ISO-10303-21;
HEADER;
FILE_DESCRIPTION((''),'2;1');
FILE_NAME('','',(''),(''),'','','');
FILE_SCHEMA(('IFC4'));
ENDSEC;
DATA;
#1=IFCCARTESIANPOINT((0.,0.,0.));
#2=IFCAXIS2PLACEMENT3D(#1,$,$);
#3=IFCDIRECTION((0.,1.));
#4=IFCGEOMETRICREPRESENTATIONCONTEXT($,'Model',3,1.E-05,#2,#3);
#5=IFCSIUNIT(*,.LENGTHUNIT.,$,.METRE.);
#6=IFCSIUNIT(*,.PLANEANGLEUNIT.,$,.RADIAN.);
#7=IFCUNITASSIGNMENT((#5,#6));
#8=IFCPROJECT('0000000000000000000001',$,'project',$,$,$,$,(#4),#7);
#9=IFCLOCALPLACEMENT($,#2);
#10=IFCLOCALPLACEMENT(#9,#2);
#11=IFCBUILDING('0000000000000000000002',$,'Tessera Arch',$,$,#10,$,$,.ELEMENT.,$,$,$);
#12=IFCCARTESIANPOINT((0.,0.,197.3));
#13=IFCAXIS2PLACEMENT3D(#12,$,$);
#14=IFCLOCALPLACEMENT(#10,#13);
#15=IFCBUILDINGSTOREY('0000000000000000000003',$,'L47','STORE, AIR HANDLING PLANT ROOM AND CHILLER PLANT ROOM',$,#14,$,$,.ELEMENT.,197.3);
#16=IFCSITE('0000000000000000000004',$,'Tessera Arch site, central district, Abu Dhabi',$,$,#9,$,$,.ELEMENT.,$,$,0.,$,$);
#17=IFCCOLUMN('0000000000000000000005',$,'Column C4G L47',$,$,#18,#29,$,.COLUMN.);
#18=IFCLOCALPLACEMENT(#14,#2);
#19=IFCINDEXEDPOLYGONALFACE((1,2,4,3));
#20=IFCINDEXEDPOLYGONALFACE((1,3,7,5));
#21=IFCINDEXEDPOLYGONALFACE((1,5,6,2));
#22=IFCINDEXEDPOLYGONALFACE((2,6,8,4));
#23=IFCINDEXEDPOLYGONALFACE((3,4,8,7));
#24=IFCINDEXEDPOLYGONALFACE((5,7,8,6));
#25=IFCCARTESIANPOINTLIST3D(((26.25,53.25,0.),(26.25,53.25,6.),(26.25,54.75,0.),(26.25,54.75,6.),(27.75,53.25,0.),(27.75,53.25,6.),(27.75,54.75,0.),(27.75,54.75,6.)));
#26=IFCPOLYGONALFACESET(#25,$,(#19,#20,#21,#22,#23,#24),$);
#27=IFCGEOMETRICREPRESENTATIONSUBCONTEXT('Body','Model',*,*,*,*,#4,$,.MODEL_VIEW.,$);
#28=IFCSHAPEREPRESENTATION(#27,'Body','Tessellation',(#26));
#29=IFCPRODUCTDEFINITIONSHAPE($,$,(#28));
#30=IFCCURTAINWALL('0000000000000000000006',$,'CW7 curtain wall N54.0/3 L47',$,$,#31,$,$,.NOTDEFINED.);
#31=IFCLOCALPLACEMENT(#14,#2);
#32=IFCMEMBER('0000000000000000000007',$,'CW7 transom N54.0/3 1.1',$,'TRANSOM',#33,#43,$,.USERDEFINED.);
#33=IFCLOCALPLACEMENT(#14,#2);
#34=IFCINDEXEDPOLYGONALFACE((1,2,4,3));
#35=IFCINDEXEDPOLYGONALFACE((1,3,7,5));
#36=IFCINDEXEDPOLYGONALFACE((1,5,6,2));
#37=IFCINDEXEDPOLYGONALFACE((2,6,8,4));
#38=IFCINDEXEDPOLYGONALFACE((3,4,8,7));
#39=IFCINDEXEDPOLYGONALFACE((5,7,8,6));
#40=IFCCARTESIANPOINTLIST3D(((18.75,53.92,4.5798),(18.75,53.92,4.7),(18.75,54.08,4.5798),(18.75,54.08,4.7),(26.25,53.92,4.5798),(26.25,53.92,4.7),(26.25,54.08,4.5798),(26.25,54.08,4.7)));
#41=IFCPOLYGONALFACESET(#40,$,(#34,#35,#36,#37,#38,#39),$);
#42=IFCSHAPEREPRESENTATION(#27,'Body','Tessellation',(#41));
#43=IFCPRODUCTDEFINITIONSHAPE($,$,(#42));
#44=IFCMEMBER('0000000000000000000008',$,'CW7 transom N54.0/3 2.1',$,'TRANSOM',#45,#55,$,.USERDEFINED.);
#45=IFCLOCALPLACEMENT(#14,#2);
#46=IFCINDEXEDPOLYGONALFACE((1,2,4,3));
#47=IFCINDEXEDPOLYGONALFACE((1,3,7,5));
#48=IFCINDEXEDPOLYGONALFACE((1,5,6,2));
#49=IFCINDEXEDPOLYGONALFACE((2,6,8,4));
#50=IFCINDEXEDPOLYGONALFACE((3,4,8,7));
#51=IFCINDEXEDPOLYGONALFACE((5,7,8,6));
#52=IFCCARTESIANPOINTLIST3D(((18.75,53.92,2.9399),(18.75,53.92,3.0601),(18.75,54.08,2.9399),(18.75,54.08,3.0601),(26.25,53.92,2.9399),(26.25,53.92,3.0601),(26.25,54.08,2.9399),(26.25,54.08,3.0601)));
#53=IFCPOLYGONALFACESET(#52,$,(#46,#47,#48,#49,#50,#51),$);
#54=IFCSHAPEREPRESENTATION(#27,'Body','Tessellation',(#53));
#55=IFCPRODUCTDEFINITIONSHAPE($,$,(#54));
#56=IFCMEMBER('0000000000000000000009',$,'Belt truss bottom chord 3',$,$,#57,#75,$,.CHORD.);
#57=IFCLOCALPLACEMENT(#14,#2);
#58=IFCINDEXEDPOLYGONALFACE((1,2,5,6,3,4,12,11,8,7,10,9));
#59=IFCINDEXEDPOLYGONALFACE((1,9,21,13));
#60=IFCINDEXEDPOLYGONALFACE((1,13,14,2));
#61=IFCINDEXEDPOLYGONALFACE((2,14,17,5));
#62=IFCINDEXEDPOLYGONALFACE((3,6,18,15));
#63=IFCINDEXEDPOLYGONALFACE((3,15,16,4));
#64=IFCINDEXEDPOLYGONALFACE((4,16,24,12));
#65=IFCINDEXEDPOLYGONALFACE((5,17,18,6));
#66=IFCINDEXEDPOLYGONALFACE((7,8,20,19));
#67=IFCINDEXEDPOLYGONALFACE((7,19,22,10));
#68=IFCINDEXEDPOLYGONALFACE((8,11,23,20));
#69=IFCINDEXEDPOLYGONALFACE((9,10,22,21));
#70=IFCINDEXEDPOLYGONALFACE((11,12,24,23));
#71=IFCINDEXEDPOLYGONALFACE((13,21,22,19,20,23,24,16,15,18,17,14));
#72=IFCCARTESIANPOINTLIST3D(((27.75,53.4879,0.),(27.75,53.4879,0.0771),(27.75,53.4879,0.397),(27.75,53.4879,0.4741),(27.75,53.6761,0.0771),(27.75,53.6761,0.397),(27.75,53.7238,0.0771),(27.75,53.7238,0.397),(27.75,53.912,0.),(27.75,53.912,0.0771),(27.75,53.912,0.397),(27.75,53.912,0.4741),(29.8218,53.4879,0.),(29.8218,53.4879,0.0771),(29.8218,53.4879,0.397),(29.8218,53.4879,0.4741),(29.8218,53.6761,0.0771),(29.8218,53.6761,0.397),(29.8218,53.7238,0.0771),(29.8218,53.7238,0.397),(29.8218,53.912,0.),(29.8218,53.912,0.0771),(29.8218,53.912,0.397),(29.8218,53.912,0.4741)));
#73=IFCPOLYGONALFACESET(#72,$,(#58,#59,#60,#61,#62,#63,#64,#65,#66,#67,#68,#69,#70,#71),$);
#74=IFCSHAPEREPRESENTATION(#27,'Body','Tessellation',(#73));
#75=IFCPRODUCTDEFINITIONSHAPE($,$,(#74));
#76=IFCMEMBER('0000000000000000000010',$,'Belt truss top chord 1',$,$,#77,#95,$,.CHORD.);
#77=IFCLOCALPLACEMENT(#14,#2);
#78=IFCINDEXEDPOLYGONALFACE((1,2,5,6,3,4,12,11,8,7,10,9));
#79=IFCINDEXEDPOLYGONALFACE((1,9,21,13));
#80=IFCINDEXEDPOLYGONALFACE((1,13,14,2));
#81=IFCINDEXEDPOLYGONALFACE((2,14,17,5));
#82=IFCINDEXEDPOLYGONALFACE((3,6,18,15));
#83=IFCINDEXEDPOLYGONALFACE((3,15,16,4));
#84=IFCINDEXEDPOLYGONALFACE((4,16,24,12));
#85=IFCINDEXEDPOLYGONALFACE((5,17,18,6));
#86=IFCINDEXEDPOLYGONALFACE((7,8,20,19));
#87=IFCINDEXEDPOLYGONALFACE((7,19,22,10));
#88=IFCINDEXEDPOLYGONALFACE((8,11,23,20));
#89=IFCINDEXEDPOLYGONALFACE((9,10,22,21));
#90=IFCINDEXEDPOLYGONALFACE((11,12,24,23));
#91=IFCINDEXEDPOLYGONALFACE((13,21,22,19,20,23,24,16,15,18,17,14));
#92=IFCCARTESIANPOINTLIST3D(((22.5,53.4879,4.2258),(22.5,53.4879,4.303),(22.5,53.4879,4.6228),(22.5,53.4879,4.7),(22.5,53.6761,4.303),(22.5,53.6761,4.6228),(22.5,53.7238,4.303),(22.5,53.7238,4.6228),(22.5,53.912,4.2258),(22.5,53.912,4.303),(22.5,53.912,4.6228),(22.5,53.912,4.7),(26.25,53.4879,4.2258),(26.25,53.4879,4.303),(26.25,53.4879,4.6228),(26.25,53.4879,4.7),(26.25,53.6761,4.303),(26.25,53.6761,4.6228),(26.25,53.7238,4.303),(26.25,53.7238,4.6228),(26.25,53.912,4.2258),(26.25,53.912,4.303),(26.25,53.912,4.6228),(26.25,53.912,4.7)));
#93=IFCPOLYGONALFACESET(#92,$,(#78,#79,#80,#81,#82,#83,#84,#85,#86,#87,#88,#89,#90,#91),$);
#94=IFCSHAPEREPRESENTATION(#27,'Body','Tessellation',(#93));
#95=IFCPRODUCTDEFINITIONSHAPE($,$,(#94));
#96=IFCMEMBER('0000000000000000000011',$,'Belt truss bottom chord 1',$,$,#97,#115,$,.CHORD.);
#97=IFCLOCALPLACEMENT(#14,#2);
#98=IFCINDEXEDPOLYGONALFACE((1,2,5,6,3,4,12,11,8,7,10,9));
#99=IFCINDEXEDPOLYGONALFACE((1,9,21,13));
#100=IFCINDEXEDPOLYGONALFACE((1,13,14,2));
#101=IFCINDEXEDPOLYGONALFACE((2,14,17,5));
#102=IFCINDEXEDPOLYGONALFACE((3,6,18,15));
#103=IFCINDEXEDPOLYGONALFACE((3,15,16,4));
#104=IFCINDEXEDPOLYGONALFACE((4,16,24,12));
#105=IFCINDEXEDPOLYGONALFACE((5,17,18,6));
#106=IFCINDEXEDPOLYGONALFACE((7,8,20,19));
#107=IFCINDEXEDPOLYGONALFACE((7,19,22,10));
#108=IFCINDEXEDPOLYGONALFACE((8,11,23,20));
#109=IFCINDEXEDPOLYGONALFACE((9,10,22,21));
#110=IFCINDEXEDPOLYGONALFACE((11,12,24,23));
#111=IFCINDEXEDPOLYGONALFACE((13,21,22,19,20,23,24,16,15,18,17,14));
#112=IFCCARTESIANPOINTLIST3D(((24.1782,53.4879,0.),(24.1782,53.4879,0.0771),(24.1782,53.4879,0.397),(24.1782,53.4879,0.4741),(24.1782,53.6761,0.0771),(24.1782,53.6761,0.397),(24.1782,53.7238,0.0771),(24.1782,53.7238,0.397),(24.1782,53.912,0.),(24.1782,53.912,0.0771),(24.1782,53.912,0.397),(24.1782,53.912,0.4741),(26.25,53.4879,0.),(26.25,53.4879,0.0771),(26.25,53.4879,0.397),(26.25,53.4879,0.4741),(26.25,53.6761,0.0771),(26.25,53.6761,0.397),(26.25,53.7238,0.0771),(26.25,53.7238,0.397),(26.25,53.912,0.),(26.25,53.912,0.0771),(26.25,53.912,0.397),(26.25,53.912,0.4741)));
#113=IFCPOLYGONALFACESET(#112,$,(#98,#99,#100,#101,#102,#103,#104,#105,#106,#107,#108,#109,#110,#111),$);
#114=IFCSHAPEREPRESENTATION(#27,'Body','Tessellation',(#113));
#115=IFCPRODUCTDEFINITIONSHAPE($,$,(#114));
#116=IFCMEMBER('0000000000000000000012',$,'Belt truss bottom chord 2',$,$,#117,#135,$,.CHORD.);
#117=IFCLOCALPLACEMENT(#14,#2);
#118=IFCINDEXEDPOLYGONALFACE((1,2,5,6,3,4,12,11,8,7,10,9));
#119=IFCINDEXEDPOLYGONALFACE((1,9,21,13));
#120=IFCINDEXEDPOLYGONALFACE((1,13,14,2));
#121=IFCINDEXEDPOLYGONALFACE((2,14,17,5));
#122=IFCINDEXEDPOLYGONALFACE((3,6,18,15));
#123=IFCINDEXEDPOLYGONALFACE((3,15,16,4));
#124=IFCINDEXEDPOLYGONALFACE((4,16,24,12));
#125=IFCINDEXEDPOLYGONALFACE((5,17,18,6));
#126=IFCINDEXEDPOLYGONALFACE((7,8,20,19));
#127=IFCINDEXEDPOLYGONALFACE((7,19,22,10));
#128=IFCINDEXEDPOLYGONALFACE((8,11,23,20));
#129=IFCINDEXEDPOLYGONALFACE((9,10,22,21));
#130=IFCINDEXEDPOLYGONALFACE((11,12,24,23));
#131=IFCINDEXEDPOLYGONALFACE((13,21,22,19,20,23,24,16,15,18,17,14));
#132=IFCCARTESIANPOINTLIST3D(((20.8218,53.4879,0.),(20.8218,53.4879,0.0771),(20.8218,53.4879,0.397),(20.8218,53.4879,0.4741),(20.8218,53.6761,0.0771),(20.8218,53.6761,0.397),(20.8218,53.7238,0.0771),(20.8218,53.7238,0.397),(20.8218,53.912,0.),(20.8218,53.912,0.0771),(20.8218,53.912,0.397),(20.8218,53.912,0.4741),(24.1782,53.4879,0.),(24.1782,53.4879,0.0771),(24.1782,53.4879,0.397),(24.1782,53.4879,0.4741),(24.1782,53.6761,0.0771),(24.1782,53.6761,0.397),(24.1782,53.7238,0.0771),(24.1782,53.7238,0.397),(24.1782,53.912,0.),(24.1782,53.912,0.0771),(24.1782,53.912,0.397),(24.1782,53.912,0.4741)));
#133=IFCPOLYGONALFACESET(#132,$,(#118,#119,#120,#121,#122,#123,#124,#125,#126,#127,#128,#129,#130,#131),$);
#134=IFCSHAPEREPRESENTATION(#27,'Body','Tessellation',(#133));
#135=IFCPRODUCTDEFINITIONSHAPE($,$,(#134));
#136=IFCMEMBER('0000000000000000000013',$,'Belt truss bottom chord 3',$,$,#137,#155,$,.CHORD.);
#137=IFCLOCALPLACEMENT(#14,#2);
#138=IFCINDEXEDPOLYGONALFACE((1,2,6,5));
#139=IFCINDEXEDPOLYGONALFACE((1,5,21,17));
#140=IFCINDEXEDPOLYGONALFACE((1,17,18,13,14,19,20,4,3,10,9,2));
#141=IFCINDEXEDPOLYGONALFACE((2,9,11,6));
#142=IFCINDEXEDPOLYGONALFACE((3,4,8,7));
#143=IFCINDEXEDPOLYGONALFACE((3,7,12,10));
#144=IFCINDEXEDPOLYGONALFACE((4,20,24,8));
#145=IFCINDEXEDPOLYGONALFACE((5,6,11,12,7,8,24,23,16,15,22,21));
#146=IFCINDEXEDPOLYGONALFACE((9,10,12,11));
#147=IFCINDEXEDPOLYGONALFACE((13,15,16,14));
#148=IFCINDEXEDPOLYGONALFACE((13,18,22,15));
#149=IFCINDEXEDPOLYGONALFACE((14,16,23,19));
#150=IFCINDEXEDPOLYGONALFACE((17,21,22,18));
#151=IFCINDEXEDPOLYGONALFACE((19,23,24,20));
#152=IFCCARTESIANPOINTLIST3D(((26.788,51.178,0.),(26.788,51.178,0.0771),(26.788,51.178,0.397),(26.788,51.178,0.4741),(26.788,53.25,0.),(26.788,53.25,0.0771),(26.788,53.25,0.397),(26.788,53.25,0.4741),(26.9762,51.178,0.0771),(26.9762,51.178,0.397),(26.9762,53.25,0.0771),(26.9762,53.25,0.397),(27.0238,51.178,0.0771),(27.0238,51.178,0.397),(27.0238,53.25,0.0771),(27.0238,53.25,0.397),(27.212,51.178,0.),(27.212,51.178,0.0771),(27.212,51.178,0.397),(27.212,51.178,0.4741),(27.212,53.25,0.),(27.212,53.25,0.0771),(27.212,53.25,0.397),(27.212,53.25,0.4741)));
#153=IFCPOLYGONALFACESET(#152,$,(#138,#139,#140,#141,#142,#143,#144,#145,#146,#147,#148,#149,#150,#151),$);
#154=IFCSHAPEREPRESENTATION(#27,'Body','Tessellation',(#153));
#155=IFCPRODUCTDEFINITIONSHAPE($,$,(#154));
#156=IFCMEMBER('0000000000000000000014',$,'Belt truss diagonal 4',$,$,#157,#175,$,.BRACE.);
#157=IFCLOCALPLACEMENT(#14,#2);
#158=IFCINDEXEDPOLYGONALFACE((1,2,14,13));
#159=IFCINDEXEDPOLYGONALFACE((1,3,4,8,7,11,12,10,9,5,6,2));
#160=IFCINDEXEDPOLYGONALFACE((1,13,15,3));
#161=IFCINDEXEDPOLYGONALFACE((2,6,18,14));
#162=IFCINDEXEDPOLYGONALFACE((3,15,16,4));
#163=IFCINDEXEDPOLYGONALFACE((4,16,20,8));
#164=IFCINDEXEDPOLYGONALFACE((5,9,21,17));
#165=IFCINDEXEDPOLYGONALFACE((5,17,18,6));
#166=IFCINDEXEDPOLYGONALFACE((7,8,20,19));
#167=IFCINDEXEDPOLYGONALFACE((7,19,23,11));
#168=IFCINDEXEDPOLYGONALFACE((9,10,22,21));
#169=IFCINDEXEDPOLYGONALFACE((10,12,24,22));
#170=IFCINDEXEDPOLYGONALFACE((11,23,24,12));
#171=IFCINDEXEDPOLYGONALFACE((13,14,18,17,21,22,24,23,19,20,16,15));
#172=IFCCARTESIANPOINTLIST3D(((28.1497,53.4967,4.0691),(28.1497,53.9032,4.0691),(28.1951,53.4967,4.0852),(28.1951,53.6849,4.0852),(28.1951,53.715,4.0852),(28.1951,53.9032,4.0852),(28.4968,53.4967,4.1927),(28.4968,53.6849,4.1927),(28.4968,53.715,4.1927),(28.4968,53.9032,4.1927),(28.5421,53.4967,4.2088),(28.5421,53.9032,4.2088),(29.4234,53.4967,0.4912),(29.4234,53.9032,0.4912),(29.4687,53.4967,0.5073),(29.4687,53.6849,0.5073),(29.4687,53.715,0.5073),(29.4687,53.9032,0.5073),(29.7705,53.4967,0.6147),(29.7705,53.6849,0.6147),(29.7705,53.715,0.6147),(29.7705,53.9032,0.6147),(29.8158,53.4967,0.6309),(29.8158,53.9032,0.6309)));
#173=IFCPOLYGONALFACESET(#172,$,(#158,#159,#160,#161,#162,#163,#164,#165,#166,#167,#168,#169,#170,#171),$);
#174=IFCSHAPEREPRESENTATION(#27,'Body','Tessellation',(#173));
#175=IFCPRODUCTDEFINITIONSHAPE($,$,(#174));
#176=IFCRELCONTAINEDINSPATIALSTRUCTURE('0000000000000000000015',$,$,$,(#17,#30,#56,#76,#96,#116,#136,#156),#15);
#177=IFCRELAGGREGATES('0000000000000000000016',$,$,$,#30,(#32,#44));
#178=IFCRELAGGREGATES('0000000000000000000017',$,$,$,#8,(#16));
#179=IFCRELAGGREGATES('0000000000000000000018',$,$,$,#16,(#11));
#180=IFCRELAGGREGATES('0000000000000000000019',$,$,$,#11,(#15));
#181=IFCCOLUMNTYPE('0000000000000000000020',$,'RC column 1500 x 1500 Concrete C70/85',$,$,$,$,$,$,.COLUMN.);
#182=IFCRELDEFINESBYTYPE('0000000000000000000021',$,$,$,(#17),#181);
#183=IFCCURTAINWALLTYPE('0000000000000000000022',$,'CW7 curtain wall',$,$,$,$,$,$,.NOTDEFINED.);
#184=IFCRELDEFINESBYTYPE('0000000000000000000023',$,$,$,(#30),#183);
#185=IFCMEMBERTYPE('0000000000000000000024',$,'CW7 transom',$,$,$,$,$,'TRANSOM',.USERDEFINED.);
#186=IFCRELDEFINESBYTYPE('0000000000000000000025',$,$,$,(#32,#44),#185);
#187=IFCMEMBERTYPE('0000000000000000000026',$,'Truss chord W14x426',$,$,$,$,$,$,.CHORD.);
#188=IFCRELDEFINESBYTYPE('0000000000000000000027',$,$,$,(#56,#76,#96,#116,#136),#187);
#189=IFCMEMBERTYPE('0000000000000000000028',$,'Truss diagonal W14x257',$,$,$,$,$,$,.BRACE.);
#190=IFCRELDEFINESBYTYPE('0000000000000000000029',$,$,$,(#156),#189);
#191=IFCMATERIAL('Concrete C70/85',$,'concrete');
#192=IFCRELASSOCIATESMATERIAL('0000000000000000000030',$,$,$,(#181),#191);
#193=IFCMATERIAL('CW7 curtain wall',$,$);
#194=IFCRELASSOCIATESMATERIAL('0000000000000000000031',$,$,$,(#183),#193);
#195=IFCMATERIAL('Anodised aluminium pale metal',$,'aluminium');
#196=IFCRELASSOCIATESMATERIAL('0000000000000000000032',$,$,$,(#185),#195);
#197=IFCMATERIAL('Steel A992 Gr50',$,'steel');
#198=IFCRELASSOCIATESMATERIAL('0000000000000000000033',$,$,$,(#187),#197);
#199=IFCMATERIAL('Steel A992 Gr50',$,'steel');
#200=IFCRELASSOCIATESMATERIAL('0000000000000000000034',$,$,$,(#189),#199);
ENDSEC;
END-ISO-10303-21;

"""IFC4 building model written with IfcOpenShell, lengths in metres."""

from ifc_helpers import new_model, si_unit, direction, frame, origin, origin_2d, place, context, subcontext, project, spatial, rectangle, i_section, extrude, material, material_profile, profile_set, type_object, element, aggregate, save


model = new_model("IFC4")

# Units and contexts
model_context = context("Model", 3, precision=1e-05, world=origin(), true_north=direction((0.0, 1.0)))
body_context = subcontext(model_context, "Body", "Model", "MODEL_VIEW")
ifc_project = project(units=[si_unit("LENGTHUNIT", "METRE"), si_unit("PLANEANGLEUNIT", "RADIAN")], contexts=[model_context])

# Site, building, storey
site_placement = place(None, origin())
site = spatial("IfcSite", under=ifc_project, at=site_placement, Name="Tessera Arch site, central district, Abu Dhabi", CompositionType="ELEMENT", RefElevation=0.0)
building_placement = place(site_placement, origin())
building = spatial("IfcBuilding", under=site, at=building_placement, Name="Tessera Arch", CompositionType="ELEMENT")
storey_placement = place(building_placement, frame((0.0, 0.0, 197.3)))
storey = spatial("IfcBuildingStorey", under=building, at=storey_placement, Name="L47", Description="STORE, AIR HANDLING PLANT ROOM AND CHILLER PLANT ROOM", CompositionType="ELEMENT", Elevation=197.3)

# Column
ifc_material_1 = material(Name="Concrete C70/85", Category="concrete")
ifc_material_profile_1 = material_profile(ifc_material_1, rectangle(XDim=1.5, YDim=1.5, at=origin_2d()), Name="RC column 1500 x 1500 Concrete C70/85")
ifc_profile_set_1 = profile_set([ifc_material_profile_1], Name="Concrete C70/85")
column_type = type_object("IfcColumnType", Name="RC column 1500 x 1500 Concrete C70/85", PredefinedType="COLUMN", material=ifc_profile_set_1)
column_placement = place(storey_placement, frame((27.0, 54.0, 0.0), z_axis=(0.0, 0.0, 1.0), x_axis=(1.0, 0.0, 0.0)))
element("IfcColumn", 1, at=column_placement, inside=storey, type_object=column_type, Name="Column C4G L47", PredefinedType="COLUMN", context=body_context, shape_type="SweptSolid", body=[
    extrude(rectangle(XDim=1.5, YDim=1.5, at=origin_2d()), origin(), (0.0, 0.0, 1.0), 6.0),
])

# Curtain wall, members
ifc_material_2 = material(Name="CW7 curtain wall")
curtain_wall_type = type_object("IfcCurtainWallType", Name="CW7 curtain wall", PredefinedType="NOTDEFINED", material=ifc_material_2)
curtain_wall_1_placement = place(storey_placement, origin())
curtain_wall_1 = element("IfcCurtainWall", 2, at=curtain_wall_1_placement, inside=storey, type_object=curtain_wall_type, Name="CW7 curtain wall N54.0/3 L47", PredefinedType="NOTDEFINED")
ifc_material_3 = material(Name="Anodised aluminium pale metal", Category="aluminium")
ifc_material_profile_2 = material_profile(ifc_material_3, rectangle(XDim=0.1599, YDim=0.1201, at=origin_2d()), Name="AL 160x120")
ifc_profile_set_2 = profile_set([ifc_material_profile_2], Name="Anodised aluminium pale metal")
member_type_1 = type_object("IfcMemberType", Name="CW7 transom", ElementType="TRANSOM", PredefinedType="USERDEFINED", material=ifc_profile_set_2)
member_1_placement = place(storey_placement, frame((26.25, 54.0, 4.6399), z_axis=(-1.0, 0.0, 0.0), x_axis=(0.0, -1.0, 0.0)))
member_1 = element("IfcMember", 3, at=member_1_placement, type_object=member_type_1, Name="CW7 transom N54.0/3 1.1", ObjectType="TRANSOM", PredefinedType="USERDEFINED", context=body_context, shape_type="SweptSolid", body=[
    extrude(rectangle(XDim=0.1599, YDim=0.1201, at=origin_2d()), origin(), (0.0, 0.0, 1.0), 7.5),
])
member_2_placement = place(storey_placement, frame((26.25, 54.0, 3.0), z_axis=(-1.0, 0.0, 0.0), x_axis=(0.0, -1.0, 0.0)))
member_2 = element("IfcMember", 4, at=member_2_placement, type_object=member_type_1, Name="CW7 transom N54.0/3 2.1", ObjectType="TRANSOM", PredefinedType="USERDEFINED", context=body_context, shape_type="SweptSolid", body=[
    extrude(rectangle(XDim=0.1599, YDim=0.1201, at=origin_2d()), origin(), (0.0, 0.0, 1.0), 7.5),
])

# Members
ifc_material_4 = material(Name="Steel A992 Gr50", Category="steel")
ifc_material_profile_3 = material_profile(ifc_material_4, i_section(OverallWidth=0.4241, OverallDepth=0.4741, WebThickness=0.0476, FlangeThickness=0.0771, at=origin_2d()), Name="W14x426")
ifc_profile_set_3 = profile_set([ifc_material_profile_3], Name="Steel A992 Gr50")
member_type_2 = type_object("IfcMemberType", Name="Truss chord W14x426", PredefinedType="CHORD", material=ifc_profile_set_3)
member_3_placement = place(storey_placement, frame((29.8218, 53.7, 0.2371), z_axis=(-1.0, 0.0, 0.0), x_axis=(0.0, -1.0, 0.0)))
element("IfcMember", 5, at=member_3_placement, inside=storey, type_object=member_type_2, Name="Belt truss bottom chord 3", PredefinedType="CHORD", context=body_context, shape_type="SweptSolid", body=[
    extrude(i_section(OverallWidth=0.4241, OverallDepth=0.4741, WebThickness=0.0476, FlangeThickness=0.0771, at=origin_2d()), origin(), (0.0, 0.0, 1.0), 2.0718),
])
member_4_placement = place(storey_placement, frame((26.25, 53.7, 4.4629), z_axis=(-1.0, 0.0, 0.0), x_axis=(0.0, -1.0, 0.0)))
element("IfcMember", 6, at=member_4_placement, inside=storey, type_object=member_type_2, Name="Belt truss top chord 1", PredefinedType="CHORD", context=body_context, shape_type="SweptSolid", body=[
    extrude(i_section(OverallWidth=0.4241, OverallDepth=0.4741, WebThickness=0.0476, FlangeThickness=0.0771, at=origin_2d()), origin(), (0.0, 0.0, 1.0), 3.75),
])
member_5_placement = place(storey_placement, frame((26.25, 53.7, 0.2371), z_axis=(-1.0, 0.0, 0.0), x_axis=(0.0, -1.0, 0.0)))
element("IfcMember", 7, at=member_5_placement, inside=storey, type_object=member_type_2, Name="Belt truss bottom chord 1", PredefinedType="CHORD", context=body_context, shape_type="SweptSolid", body=[
    extrude(i_section(OverallWidth=0.4241, OverallDepth=0.4741, WebThickness=0.0476, FlangeThickness=0.0771, at=origin_2d()), origin(), (0.0, 0.0, 1.0), 2.0718),
])
member_6_placement = place(storey_placement, frame((24.1782, 53.7, 0.2371), z_axis=(-1.0, 0.0, 0.0), x_axis=(0.0, -1.0, 0.0)))
element("IfcMember", 8, at=member_6_placement, inside=storey, type_object=member_type_2, Name="Belt truss bottom chord 2", PredefinedType="CHORD", context=body_context, shape_type="SweptSolid", body=[
    extrude(i_section(OverallWidth=0.4241, OverallDepth=0.4741, WebThickness=0.0476, FlangeThickness=0.0771, at=origin_2d()), origin(), (0.0, 0.0, 1.0), 3.3564),
])
member_7_placement = place(storey_placement, frame((27.0, 51.178, 0.2371), z_axis=(0.0, 1.0, 0.0), x_axis=(-1.0, 0.0, 0.0)))
element("IfcMember", 9, at=member_7_placement, inside=storey, type_object=member_type_2, Name="Belt truss bottom chord 3", PredefinedType="CHORD", context=body_context, shape_type="SweptSolid", body=[
    extrude(i_section(OverallWidth=0.4241, OverallDepth=0.4741, WebThickness=0.0476, FlangeThickness=0.0771, at=origin_2d()), origin(), (0.0, 0.0, 1.0), 2.072),
])
ifc_material_5 = material(Name="Steel A992 Gr50", Category="steel")
ifc_material_profile_4 = material_profile(ifc_material_5, i_section(OverallWidth=0.4065, OverallDepth=0.4165, WebThickness=0.03, FlangeThickness=0.0481, at=origin_2d()), Name="W14x257")
ifc_profile_set_4 = profile_set([ifc_material_profile_4], Name="Steel A992 Gr50")
member_type_3 = type_object("IfcMemberType", Name="Truss diagonal W14x257", PredefinedType="BRACE", material=ifc_profile_set_4)
for number, where, z_axis, x_axis, name in (
    (10, (29.6196, 53.7, 0.561), (-0.335371, 0.0, 0.942086), (0.0, -1.0, 0.0), "Belt truss diagonal 4"),
):
    element("IfcMember", number, at=place(storey_placement, frame(where, z_axis=z_axis, x_axis=x_axis)), inside=storey, type_object=member_type_3, Name=name, PredefinedType="BRACE", context=body_context, shape_type="SweptSolid", body=[
        extrude(i_section(OverallWidth=0.4065, OverallDepth=0.4165, WebThickness=0.03, FlangeThickness=0.0481, at=origin_2d()), origin(), (0.0, 0.0, 1.0), 3.7979),
    ])

aggregate(curtain_wall_1, [member_1, member_2])

save(model, "model.ifc")
